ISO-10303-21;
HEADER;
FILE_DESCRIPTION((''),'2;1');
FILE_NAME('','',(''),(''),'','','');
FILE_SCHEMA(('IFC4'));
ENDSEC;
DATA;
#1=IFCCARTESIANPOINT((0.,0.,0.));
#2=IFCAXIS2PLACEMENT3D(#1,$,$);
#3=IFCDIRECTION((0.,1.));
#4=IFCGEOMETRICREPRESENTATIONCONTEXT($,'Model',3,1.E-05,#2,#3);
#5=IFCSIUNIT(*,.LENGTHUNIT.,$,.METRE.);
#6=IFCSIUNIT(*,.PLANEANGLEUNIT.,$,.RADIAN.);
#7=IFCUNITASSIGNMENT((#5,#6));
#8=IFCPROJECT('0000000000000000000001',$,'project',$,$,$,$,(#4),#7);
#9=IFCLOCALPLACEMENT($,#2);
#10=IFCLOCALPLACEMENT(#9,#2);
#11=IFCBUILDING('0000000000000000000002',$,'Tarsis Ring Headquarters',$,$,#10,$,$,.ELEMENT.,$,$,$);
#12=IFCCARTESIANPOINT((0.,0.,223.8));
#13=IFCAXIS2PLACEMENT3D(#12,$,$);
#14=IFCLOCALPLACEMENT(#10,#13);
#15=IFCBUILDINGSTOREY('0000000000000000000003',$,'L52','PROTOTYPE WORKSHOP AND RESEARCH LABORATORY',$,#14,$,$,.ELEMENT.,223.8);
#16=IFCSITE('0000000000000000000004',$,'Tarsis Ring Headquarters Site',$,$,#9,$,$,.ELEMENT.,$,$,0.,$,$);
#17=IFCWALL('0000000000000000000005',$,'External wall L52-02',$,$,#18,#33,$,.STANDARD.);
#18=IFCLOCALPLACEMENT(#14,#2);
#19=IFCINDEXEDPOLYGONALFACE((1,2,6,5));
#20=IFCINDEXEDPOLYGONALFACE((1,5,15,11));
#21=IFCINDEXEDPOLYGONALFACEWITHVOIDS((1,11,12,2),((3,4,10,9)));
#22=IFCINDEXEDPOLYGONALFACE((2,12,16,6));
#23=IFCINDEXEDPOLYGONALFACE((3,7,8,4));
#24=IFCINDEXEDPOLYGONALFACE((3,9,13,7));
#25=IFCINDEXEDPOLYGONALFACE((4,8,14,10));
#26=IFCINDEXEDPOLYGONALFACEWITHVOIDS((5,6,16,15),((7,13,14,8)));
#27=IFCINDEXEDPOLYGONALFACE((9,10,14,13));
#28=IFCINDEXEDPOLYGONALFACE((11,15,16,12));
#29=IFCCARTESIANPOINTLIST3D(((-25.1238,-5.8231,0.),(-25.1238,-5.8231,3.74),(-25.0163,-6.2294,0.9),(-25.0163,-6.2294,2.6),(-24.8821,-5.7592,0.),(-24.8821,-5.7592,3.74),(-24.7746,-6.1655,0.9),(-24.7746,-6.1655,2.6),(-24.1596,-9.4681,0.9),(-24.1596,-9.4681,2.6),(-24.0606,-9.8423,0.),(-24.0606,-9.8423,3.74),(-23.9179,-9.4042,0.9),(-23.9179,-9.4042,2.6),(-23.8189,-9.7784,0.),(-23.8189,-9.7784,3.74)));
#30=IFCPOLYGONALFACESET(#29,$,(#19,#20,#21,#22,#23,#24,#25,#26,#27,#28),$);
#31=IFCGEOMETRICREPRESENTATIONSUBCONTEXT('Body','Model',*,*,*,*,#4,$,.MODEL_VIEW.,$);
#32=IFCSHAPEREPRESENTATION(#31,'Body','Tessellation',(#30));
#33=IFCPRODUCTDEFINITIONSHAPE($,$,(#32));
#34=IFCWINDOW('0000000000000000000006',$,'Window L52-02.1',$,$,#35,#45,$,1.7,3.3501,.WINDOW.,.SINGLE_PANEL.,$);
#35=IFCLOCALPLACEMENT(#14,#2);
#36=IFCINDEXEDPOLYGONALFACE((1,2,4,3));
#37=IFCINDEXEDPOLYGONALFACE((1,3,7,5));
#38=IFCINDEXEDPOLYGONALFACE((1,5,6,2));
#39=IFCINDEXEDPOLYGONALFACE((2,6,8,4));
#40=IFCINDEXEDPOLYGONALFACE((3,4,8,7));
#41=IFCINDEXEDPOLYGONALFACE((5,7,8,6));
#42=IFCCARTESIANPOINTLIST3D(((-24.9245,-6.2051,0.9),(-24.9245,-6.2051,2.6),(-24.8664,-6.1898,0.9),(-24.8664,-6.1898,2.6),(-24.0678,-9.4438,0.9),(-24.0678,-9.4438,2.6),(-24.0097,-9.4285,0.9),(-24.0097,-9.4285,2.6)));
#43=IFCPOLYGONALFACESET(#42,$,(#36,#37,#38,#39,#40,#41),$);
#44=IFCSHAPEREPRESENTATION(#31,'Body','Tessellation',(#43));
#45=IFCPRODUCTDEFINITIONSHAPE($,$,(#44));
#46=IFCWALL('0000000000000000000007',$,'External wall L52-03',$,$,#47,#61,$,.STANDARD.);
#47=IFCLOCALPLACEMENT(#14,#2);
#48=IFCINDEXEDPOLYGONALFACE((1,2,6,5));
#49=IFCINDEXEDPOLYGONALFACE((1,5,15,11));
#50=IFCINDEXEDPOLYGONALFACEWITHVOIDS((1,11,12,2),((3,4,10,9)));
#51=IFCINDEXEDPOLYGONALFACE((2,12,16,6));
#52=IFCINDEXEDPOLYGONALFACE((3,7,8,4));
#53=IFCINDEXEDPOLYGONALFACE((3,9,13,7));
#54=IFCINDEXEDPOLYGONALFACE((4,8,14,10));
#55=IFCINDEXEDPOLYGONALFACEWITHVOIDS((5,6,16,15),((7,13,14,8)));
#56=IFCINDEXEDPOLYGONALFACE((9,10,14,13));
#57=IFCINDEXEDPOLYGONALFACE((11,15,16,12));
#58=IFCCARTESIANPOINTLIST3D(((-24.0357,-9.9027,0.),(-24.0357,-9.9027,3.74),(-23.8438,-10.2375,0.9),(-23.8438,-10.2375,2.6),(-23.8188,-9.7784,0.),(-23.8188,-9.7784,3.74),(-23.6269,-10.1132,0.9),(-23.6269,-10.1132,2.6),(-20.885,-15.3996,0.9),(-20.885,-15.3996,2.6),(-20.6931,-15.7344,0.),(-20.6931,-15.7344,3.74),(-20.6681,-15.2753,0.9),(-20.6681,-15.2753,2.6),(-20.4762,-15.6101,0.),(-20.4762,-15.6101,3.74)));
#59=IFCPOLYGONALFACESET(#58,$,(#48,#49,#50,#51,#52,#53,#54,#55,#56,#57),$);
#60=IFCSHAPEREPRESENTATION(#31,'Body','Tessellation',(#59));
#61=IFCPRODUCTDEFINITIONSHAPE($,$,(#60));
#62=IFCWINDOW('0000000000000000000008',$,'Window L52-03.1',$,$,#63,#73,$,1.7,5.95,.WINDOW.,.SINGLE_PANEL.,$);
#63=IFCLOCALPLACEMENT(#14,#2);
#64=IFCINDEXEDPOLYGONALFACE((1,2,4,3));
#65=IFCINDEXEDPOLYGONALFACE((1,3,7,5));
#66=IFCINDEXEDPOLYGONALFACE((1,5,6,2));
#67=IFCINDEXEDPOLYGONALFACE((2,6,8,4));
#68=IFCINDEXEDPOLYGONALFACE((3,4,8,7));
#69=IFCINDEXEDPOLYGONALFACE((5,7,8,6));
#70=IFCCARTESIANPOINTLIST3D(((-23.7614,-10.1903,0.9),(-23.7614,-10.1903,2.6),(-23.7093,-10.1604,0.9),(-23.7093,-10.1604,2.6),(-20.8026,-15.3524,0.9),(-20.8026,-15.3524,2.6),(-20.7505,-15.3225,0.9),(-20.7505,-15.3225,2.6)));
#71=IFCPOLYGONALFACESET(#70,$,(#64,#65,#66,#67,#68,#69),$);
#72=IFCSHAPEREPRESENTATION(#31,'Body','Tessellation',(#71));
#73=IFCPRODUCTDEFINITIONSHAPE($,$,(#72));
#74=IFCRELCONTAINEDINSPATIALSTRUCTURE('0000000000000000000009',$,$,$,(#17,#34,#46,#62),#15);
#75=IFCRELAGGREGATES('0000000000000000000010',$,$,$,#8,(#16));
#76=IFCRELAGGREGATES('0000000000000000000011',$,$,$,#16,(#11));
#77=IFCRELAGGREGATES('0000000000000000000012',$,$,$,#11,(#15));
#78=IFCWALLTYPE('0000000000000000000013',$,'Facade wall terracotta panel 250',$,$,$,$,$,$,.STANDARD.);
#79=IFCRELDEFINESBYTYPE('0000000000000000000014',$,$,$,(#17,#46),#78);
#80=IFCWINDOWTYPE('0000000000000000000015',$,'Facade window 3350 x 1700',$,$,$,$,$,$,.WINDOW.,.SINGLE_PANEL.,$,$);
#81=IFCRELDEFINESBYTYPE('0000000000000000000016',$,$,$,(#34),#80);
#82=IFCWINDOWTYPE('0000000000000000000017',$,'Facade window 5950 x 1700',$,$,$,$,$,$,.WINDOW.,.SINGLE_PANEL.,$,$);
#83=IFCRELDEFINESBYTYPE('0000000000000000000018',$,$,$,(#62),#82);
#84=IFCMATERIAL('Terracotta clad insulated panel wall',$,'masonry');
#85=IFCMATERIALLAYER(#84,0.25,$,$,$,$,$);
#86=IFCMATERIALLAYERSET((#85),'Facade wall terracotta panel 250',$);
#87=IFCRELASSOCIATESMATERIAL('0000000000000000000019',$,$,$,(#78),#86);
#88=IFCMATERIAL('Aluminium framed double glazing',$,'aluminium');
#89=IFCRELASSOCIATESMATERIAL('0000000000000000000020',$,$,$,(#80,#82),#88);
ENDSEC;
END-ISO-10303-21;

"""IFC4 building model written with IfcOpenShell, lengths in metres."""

from ifc_helpers import new_model, si_unit, direction, frame, frame_2d, origin, place, context, subcontext, project, spatial, rectangle, extrude, material, layer, layer_set, type_object, element, fill, save


model = new_model("IFC4")

# Units and contexts
model_context = context("Model", 3, precision=1e-05, world=origin(), true_north=direction((0.0, 1.0)))
body_context = subcontext(model_context, "Body", "Model", "MODEL_VIEW")
ifc_project = project(units=[si_unit("LENGTHUNIT", "METRE"), si_unit("PLANEANGLEUNIT", "RADIAN")], contexts=[model_context])

# Site, building, storey
site_placement = place(None, origin())
site = spatial("IfcSite", under=ifc_project, at=site_placement, Name="Tarsis Ring Headquarters Site", CompositionType="ELEMENT", RefElevation=0.0)
building_placement = place(site_placement, origin())
building = spatial("IfcBuilding", under=site, at=building_placement, Name="Tarsis Ring Headquarters", CompositionType="ELEMENT")
storey_placement = place(building_placement, frame((0.0, 0.0, 223.8)))
storey = spatial("IfcBuildingStorey", under=building, at=storey_placement, Name="L52", Description="PROTOTYPE WORKSHOP AND RESEARCH LABORATORY", CompositionType="ELEMENT", Elevation=223.8)

# Walls, openings, windows
ifc_material_1 = material(Name="Terracotta clad insulated panel wall", Category="masonry")
ifc_layer_1 = layer(ifc_material_1, 0.25)
ifc_layer_set_1 = layer_set([ifc_layer_1], Name="Facade wall terracotta panel 250")
wall_type_1 = type_object("IfcWallType", Name="Facade wall terracotta panel 250", PredefinedType="STANDARD", material=ifc_layer_set_1)
wall_1_placement = place(storey_placement, frame((-25.0029, -5.7913, 0.0), z_axis=(0.0, 0.0, 1.0), x_axis=(0.255736, -0.966747, 0.0)))
wall_1 = element("IfcWall", 1, at=wall_1_placement, inside=storey, type_object=wall_type_1, Name="External wall L52-02", PredefinedType="STANDARD", context=body_context, shape_type="SweptSolid", body=[
    extrude(rectangle(XDim=4.1575, YDim=0.25, at=frame_2d((2.0786, 0.0))), origin(), (0.0, 0.0, 1.0), 3.74),
])
opening_1_placement = place(wall_1_placement, frame((0.4202, 0.0, 0.8999)))
opening_1 = element("IfcOpeningElement", 2, at=opening_1_placement, cuts=wall_1, PredefinedType="OPENING", context=body_context, shape_type="SweptSolid", body=[
    extrude(rectangle(XDim=3.3501, YDim=1.7, at=frame_2d((1.675, 0.8501))), frame((0.0, 0.135, 0.0), z_axis=(0.0, -1.0, 0.0), x_axis=(1.0, 0.0, 0.0)), (0.0, 0.0, 1.0), 0.27),
])
ifc_material_2 = material(Name="Aluminium framed double glazing", Category="aluminium")
window_type_1 = type_object("IfcWindowType", Name="Facade window 3350 x 1700", PartitioningType="SINGLE_PANEL", PredefinedType="WINDOW", material=ifc_material_2)
window_1_placement = place(opening_1_placement, origin())
window_1 = element("IfcWindow", 3, at=window_1_placement, inside=storey, type_object=window_type_1, Name="Window L52-02.1", OverallHeight=1.7, OverallWidth=3.3501, PartitioningType="SINGLE_PANEL", PredefinedType="WINDOW", context=body_context, shape_type="SweptSolid", body=[
    extrude(rectangle(XDim=3.3501, YDim=1.7, at=frame_2d((1.675, 0.8501))), frame((0.0, 0.03, 0.0), z_axis=(0.0, -1.0, 0.0), x_axis=(1.0, 0.0, 0.0)), (0.0, 0.0, 1.0), 0.0601),
])
fill(opening_1, window_1)
wall_2_placement = place(storey_placement, frame((-23.9272, -9.8406, 0.0), z_axis=(0.0, 0.0, 1.0), x_axis=(0.497285, -0.867587, 0.0)))
wall_2 = element("IfcWall", 4, at=wall_2_placement, inside=storey, type_object=wall_type_1, Name="External wall L52-03", PredefinedType="STANDARD", context=body_context, shape_type="SweptSolid", body=[
    extrude(rectangle(XDim=6.7217, YDim=0.25, at=frame_2d((3.3608, 0.0))), origin(), (0.0, 0.0, 1.0), 3.74),
])
opening_2_placement = place(wall_2_placement, frame((0.3857, 0.0, 0.8999)))
opening_2 = element("IfcOpeningElement", 5, at=opening_2_placement, cuts=wall_2, PredefinedType="OPENING", context=body_context, shape_type="SweptSolid", body=[
    extrude(rectangle(XDim=5.95, YDim=1.7, at=frame_2d((2.9751, 0.8501))), frame((0.0, 0.135, 0.0), z_axis=(0.0, -1.0, 0.0), x_axis=(1.0, 0.0, 0.0)), (0.0, 0.0, 1.0), 0.27),
])
window_type_2 = type_object("IfcWindowType", Name="Facade window 5950 x 1700", PartitioningType="SINGLE_PANEL", PredefinedType="WINDOW", material=ifc_material_2)
window_2_placement = place(opening_2_placement, origin())
window_2 = element("IfcWindow", 6, at=window_2_placement, inside=storey, type_object=window_type_2, Name="Window L52-03.1", OverallHeight=1.7, OverallWidth=5.95, PartitioningType="SINGLE_PANEL", PredefinedType="WINDOW", context=body_context, shape_type="SweptSolid", body=[
    extrude(rectangle(XDim=5.95, YDim=1.7, at=frame_2d((2.9751, 0.8501))), frame((0.0, 0.03, 0.0), z_axis=(0.0, -1.0, 0.0), x_axis=(1.0, 0.0, 0.0)), (0.0, 0.0, 1.0), 0.0601),
])
fill(opening_2, window_2)

save(model, "model.ifc")
